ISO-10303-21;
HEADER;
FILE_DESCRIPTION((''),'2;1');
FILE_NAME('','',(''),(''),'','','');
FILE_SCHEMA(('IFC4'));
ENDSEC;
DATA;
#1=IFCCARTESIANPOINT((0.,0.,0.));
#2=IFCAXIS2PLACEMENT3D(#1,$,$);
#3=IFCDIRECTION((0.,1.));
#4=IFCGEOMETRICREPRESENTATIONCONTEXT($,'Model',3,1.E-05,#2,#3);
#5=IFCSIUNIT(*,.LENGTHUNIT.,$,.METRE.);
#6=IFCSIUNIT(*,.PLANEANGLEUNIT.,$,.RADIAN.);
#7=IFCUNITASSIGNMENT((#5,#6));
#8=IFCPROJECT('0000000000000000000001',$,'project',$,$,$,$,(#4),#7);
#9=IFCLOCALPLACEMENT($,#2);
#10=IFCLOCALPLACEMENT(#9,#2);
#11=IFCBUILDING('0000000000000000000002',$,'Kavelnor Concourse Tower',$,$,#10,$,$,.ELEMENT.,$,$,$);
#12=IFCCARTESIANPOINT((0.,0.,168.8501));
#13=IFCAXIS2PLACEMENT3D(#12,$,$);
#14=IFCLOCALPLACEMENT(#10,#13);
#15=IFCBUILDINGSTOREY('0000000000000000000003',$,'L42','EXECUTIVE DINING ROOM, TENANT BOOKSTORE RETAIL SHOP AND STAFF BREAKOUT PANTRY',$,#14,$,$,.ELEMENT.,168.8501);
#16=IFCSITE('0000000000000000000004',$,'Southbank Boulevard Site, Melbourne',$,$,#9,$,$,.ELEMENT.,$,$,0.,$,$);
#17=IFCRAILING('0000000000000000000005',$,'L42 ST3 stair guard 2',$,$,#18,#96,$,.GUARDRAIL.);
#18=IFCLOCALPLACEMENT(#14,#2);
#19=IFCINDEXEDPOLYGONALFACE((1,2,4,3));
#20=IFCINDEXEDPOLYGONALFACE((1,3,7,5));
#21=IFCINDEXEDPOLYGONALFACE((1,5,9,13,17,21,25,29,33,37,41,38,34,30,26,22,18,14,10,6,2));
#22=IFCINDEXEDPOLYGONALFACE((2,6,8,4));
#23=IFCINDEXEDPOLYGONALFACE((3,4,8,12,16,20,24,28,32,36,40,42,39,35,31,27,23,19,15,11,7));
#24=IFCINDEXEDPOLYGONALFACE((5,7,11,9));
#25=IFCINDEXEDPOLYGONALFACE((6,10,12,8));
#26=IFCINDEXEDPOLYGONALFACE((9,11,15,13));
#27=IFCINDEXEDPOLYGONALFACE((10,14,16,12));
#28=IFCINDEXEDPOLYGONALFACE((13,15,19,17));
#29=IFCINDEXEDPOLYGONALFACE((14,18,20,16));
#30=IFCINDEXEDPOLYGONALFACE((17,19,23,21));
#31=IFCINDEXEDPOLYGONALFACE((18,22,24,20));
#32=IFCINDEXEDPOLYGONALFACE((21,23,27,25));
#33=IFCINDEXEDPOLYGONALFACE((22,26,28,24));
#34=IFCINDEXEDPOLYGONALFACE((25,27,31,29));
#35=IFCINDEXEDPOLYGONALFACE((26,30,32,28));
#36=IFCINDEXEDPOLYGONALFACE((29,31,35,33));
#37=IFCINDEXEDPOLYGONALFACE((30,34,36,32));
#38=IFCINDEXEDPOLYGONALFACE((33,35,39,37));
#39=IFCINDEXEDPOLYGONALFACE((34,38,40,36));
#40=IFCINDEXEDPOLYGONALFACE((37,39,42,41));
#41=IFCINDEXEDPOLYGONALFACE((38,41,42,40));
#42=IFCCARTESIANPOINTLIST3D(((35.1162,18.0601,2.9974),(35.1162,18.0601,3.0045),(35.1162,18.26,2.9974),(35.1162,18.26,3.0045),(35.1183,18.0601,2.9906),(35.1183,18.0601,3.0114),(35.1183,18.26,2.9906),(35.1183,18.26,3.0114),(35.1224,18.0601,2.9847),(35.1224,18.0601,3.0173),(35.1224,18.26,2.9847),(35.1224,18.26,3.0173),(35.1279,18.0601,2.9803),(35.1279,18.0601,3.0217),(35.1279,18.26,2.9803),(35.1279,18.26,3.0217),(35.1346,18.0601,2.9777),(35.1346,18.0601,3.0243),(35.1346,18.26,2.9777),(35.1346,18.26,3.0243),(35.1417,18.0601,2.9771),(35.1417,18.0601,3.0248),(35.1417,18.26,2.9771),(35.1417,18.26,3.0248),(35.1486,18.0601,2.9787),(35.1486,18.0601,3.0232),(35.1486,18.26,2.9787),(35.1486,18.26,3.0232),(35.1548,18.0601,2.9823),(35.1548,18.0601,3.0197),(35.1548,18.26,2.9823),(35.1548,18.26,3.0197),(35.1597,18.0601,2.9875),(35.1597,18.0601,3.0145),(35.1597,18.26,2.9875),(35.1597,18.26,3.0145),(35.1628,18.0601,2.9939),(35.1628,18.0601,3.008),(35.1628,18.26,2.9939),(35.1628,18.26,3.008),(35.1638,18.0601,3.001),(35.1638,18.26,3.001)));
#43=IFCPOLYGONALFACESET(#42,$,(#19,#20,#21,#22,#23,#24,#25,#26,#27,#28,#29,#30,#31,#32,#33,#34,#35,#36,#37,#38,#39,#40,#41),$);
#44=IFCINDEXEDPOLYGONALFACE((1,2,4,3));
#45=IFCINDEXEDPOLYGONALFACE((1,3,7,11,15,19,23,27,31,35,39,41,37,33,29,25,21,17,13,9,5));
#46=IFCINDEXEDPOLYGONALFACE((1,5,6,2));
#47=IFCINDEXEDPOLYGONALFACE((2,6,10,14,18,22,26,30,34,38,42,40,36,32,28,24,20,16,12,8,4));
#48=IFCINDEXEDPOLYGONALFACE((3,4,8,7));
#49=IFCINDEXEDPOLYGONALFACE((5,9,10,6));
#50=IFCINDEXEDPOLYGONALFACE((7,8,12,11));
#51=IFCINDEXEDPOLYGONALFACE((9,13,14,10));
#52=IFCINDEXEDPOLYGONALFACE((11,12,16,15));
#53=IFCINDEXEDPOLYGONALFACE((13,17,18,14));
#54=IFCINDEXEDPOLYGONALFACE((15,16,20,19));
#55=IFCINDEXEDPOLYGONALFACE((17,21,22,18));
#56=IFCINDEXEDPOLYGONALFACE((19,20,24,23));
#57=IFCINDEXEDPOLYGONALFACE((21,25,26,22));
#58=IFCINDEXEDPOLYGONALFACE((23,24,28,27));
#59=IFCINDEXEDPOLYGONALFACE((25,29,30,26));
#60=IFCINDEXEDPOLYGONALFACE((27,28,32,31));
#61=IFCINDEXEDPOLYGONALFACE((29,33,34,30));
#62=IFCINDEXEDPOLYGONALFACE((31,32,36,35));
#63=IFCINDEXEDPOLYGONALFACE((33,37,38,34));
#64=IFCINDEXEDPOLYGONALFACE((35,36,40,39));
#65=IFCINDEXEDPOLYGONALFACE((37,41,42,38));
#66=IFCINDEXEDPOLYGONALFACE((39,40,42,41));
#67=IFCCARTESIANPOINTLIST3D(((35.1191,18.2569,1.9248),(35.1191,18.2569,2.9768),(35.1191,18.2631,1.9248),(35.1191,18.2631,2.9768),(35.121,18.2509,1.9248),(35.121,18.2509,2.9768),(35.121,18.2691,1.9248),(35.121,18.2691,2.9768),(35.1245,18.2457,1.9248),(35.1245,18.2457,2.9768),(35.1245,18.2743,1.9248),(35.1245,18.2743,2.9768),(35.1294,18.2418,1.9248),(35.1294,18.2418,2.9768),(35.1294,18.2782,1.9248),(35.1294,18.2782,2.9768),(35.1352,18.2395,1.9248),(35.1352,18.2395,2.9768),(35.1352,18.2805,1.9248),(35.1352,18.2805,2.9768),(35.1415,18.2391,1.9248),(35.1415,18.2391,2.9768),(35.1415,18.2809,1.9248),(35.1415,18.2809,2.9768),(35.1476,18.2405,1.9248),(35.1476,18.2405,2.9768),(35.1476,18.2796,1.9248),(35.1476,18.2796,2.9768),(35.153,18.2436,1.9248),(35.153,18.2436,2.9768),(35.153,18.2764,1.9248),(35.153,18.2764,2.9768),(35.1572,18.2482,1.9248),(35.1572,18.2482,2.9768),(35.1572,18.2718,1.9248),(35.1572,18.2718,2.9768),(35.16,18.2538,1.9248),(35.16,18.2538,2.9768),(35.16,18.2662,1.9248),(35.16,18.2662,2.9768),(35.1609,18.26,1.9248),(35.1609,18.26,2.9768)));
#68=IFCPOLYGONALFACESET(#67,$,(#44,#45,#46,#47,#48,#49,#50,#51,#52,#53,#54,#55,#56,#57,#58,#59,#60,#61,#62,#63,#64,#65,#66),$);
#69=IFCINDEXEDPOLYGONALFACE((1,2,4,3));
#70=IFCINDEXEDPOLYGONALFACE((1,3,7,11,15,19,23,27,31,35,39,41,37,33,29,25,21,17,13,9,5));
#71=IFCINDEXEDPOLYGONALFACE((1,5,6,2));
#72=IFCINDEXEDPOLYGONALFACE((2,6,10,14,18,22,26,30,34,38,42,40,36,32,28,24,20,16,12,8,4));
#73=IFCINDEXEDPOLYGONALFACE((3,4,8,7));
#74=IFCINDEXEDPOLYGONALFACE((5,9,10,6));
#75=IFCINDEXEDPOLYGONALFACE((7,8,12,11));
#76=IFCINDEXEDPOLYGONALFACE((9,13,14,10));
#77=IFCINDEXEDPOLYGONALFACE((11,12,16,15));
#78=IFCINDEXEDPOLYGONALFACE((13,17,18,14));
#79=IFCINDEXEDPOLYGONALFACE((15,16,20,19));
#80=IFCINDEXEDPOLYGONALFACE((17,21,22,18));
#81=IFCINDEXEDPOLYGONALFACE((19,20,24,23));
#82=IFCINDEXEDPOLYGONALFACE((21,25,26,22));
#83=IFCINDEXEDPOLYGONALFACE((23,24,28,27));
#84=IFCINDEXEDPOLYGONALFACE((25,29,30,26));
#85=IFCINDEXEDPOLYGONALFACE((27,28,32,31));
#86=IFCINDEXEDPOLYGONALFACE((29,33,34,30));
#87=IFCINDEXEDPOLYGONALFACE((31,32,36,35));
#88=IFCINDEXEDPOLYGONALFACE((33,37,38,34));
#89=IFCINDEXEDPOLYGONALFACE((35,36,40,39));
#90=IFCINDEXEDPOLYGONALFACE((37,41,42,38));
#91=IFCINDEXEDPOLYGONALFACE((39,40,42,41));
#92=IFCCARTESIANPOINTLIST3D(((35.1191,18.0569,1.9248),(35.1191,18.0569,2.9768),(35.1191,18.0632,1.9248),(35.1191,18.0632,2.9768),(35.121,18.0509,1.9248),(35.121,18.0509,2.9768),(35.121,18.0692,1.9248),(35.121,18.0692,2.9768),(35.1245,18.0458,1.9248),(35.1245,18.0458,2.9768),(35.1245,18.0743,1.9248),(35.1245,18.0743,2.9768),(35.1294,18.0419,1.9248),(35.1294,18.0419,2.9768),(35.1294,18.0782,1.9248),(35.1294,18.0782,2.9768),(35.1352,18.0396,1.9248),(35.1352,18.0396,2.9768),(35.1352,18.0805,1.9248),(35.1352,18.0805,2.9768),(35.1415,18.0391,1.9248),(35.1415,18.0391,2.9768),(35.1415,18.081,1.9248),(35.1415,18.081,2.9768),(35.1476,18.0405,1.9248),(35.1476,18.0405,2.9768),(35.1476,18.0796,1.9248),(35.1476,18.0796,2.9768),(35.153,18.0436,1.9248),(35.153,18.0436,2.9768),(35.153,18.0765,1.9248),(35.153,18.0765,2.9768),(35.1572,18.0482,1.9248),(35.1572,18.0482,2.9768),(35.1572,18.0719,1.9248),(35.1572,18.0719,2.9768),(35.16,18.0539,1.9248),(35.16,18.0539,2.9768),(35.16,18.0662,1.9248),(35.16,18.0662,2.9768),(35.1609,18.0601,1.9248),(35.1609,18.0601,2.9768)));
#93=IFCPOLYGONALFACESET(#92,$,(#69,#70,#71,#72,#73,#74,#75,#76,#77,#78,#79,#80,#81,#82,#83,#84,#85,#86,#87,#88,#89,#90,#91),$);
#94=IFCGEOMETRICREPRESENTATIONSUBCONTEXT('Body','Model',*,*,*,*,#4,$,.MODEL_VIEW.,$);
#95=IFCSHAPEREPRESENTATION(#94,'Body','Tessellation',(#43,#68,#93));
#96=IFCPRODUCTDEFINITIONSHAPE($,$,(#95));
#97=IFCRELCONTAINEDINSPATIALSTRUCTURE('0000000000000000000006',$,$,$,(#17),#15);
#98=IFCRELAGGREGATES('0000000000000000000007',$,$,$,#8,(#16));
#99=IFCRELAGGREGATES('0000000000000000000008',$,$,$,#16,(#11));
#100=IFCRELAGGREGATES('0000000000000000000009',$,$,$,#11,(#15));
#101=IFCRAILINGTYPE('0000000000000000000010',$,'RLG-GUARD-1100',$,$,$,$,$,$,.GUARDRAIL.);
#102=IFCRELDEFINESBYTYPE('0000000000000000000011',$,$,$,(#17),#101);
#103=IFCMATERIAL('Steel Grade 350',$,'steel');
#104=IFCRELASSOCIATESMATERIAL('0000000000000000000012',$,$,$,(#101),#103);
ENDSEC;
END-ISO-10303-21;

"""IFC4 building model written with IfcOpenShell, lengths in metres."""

from ifc_helpers import new_model, si_unit, direction, frame, origin, origin_2d, place, context, subcontext, project, spatial, circle, extrude, material, type_object, element, save


model = new_model("IFC4")

# Units and contexts
model_context = context("Model", 3, precision=1e-05, world=origin(), true_north=direction((0.0, 1.0)))
body_context = subcontext(model_context, "Body", "Model", "MODEL_VIEW")
ifc_project = project(units=[si_unit("LENGTHUNIT", "METRE"), si_unit("PLANEANGLEUNIT", "RADIAN")], contexts=[model_context])

# Site, building, storey
site_placement = place(None, origin())
site = spatial("IfcSite", under=ifc_project, at=site_placement, Name="Southbank Boulevard Site, Melbourne", CompositionType="ELEMENT", RefElevation=0.0)
building_placement = place(site_placement, origin())
building = spatial("IfcBuilding", under=site, at=building_placement, Name="Kavelnor Concourse Tower", CompositionType="ELEMENT")
storey_placement = place(building_placement, frame((0.0, 0.0, 168.8501)))
storey = spatial("IfcBuildingStorey", under=building, at=storey_placement, Name="L42", Description="EXECUTIVE DINING ROOM, TENANT BOOKSTORE RETAIL SHOP AND STAFF BREAKOUT PANTRY", CompositionType="ELEMENT", Elevation=168.8501)

# Shared definitions
ifc_material_1 = material(Name="Steel Grade 350", Category="steel")

# Railing
railing_type = type_object("IfcRailingType", Name="RLG-GUARD-1100", PredefinedType="GUARDRAIL", material=ifc_material_1)
railing_placement = place(storey_placement, frame((35.1399, 18.26, 1.9248)))
element("IfcRailing", 1, at=railing_placement, inside=storey, type_object=railing_type, Name="L42 ST3 stair guard 2", PredefinedType="GUARDRAIL", context=body_context, shape_type="SweptSolid", body=[
    extrude(circle(Radius=0.0239, at=origin_2d()), frame((0.0, 0.0, 1.0762), z_axis=(0.0, -1.0, 0.0), x_axis=(1.0, 0.0, 0.0)), (0.0, 0.0, 1.0), 0.2),
    extrude(circle(Radius=0.021, at=origin_2d()), origin(), (0.0, 0.0, 1.0), 1.052),
    extrude(circle(Radius=0.021, at=origin_2d()), frame((0.0, -0.2, 0.0)), (0.0, 0.0, 1.0), 1.052),
])

save(model, "model.ifc")
